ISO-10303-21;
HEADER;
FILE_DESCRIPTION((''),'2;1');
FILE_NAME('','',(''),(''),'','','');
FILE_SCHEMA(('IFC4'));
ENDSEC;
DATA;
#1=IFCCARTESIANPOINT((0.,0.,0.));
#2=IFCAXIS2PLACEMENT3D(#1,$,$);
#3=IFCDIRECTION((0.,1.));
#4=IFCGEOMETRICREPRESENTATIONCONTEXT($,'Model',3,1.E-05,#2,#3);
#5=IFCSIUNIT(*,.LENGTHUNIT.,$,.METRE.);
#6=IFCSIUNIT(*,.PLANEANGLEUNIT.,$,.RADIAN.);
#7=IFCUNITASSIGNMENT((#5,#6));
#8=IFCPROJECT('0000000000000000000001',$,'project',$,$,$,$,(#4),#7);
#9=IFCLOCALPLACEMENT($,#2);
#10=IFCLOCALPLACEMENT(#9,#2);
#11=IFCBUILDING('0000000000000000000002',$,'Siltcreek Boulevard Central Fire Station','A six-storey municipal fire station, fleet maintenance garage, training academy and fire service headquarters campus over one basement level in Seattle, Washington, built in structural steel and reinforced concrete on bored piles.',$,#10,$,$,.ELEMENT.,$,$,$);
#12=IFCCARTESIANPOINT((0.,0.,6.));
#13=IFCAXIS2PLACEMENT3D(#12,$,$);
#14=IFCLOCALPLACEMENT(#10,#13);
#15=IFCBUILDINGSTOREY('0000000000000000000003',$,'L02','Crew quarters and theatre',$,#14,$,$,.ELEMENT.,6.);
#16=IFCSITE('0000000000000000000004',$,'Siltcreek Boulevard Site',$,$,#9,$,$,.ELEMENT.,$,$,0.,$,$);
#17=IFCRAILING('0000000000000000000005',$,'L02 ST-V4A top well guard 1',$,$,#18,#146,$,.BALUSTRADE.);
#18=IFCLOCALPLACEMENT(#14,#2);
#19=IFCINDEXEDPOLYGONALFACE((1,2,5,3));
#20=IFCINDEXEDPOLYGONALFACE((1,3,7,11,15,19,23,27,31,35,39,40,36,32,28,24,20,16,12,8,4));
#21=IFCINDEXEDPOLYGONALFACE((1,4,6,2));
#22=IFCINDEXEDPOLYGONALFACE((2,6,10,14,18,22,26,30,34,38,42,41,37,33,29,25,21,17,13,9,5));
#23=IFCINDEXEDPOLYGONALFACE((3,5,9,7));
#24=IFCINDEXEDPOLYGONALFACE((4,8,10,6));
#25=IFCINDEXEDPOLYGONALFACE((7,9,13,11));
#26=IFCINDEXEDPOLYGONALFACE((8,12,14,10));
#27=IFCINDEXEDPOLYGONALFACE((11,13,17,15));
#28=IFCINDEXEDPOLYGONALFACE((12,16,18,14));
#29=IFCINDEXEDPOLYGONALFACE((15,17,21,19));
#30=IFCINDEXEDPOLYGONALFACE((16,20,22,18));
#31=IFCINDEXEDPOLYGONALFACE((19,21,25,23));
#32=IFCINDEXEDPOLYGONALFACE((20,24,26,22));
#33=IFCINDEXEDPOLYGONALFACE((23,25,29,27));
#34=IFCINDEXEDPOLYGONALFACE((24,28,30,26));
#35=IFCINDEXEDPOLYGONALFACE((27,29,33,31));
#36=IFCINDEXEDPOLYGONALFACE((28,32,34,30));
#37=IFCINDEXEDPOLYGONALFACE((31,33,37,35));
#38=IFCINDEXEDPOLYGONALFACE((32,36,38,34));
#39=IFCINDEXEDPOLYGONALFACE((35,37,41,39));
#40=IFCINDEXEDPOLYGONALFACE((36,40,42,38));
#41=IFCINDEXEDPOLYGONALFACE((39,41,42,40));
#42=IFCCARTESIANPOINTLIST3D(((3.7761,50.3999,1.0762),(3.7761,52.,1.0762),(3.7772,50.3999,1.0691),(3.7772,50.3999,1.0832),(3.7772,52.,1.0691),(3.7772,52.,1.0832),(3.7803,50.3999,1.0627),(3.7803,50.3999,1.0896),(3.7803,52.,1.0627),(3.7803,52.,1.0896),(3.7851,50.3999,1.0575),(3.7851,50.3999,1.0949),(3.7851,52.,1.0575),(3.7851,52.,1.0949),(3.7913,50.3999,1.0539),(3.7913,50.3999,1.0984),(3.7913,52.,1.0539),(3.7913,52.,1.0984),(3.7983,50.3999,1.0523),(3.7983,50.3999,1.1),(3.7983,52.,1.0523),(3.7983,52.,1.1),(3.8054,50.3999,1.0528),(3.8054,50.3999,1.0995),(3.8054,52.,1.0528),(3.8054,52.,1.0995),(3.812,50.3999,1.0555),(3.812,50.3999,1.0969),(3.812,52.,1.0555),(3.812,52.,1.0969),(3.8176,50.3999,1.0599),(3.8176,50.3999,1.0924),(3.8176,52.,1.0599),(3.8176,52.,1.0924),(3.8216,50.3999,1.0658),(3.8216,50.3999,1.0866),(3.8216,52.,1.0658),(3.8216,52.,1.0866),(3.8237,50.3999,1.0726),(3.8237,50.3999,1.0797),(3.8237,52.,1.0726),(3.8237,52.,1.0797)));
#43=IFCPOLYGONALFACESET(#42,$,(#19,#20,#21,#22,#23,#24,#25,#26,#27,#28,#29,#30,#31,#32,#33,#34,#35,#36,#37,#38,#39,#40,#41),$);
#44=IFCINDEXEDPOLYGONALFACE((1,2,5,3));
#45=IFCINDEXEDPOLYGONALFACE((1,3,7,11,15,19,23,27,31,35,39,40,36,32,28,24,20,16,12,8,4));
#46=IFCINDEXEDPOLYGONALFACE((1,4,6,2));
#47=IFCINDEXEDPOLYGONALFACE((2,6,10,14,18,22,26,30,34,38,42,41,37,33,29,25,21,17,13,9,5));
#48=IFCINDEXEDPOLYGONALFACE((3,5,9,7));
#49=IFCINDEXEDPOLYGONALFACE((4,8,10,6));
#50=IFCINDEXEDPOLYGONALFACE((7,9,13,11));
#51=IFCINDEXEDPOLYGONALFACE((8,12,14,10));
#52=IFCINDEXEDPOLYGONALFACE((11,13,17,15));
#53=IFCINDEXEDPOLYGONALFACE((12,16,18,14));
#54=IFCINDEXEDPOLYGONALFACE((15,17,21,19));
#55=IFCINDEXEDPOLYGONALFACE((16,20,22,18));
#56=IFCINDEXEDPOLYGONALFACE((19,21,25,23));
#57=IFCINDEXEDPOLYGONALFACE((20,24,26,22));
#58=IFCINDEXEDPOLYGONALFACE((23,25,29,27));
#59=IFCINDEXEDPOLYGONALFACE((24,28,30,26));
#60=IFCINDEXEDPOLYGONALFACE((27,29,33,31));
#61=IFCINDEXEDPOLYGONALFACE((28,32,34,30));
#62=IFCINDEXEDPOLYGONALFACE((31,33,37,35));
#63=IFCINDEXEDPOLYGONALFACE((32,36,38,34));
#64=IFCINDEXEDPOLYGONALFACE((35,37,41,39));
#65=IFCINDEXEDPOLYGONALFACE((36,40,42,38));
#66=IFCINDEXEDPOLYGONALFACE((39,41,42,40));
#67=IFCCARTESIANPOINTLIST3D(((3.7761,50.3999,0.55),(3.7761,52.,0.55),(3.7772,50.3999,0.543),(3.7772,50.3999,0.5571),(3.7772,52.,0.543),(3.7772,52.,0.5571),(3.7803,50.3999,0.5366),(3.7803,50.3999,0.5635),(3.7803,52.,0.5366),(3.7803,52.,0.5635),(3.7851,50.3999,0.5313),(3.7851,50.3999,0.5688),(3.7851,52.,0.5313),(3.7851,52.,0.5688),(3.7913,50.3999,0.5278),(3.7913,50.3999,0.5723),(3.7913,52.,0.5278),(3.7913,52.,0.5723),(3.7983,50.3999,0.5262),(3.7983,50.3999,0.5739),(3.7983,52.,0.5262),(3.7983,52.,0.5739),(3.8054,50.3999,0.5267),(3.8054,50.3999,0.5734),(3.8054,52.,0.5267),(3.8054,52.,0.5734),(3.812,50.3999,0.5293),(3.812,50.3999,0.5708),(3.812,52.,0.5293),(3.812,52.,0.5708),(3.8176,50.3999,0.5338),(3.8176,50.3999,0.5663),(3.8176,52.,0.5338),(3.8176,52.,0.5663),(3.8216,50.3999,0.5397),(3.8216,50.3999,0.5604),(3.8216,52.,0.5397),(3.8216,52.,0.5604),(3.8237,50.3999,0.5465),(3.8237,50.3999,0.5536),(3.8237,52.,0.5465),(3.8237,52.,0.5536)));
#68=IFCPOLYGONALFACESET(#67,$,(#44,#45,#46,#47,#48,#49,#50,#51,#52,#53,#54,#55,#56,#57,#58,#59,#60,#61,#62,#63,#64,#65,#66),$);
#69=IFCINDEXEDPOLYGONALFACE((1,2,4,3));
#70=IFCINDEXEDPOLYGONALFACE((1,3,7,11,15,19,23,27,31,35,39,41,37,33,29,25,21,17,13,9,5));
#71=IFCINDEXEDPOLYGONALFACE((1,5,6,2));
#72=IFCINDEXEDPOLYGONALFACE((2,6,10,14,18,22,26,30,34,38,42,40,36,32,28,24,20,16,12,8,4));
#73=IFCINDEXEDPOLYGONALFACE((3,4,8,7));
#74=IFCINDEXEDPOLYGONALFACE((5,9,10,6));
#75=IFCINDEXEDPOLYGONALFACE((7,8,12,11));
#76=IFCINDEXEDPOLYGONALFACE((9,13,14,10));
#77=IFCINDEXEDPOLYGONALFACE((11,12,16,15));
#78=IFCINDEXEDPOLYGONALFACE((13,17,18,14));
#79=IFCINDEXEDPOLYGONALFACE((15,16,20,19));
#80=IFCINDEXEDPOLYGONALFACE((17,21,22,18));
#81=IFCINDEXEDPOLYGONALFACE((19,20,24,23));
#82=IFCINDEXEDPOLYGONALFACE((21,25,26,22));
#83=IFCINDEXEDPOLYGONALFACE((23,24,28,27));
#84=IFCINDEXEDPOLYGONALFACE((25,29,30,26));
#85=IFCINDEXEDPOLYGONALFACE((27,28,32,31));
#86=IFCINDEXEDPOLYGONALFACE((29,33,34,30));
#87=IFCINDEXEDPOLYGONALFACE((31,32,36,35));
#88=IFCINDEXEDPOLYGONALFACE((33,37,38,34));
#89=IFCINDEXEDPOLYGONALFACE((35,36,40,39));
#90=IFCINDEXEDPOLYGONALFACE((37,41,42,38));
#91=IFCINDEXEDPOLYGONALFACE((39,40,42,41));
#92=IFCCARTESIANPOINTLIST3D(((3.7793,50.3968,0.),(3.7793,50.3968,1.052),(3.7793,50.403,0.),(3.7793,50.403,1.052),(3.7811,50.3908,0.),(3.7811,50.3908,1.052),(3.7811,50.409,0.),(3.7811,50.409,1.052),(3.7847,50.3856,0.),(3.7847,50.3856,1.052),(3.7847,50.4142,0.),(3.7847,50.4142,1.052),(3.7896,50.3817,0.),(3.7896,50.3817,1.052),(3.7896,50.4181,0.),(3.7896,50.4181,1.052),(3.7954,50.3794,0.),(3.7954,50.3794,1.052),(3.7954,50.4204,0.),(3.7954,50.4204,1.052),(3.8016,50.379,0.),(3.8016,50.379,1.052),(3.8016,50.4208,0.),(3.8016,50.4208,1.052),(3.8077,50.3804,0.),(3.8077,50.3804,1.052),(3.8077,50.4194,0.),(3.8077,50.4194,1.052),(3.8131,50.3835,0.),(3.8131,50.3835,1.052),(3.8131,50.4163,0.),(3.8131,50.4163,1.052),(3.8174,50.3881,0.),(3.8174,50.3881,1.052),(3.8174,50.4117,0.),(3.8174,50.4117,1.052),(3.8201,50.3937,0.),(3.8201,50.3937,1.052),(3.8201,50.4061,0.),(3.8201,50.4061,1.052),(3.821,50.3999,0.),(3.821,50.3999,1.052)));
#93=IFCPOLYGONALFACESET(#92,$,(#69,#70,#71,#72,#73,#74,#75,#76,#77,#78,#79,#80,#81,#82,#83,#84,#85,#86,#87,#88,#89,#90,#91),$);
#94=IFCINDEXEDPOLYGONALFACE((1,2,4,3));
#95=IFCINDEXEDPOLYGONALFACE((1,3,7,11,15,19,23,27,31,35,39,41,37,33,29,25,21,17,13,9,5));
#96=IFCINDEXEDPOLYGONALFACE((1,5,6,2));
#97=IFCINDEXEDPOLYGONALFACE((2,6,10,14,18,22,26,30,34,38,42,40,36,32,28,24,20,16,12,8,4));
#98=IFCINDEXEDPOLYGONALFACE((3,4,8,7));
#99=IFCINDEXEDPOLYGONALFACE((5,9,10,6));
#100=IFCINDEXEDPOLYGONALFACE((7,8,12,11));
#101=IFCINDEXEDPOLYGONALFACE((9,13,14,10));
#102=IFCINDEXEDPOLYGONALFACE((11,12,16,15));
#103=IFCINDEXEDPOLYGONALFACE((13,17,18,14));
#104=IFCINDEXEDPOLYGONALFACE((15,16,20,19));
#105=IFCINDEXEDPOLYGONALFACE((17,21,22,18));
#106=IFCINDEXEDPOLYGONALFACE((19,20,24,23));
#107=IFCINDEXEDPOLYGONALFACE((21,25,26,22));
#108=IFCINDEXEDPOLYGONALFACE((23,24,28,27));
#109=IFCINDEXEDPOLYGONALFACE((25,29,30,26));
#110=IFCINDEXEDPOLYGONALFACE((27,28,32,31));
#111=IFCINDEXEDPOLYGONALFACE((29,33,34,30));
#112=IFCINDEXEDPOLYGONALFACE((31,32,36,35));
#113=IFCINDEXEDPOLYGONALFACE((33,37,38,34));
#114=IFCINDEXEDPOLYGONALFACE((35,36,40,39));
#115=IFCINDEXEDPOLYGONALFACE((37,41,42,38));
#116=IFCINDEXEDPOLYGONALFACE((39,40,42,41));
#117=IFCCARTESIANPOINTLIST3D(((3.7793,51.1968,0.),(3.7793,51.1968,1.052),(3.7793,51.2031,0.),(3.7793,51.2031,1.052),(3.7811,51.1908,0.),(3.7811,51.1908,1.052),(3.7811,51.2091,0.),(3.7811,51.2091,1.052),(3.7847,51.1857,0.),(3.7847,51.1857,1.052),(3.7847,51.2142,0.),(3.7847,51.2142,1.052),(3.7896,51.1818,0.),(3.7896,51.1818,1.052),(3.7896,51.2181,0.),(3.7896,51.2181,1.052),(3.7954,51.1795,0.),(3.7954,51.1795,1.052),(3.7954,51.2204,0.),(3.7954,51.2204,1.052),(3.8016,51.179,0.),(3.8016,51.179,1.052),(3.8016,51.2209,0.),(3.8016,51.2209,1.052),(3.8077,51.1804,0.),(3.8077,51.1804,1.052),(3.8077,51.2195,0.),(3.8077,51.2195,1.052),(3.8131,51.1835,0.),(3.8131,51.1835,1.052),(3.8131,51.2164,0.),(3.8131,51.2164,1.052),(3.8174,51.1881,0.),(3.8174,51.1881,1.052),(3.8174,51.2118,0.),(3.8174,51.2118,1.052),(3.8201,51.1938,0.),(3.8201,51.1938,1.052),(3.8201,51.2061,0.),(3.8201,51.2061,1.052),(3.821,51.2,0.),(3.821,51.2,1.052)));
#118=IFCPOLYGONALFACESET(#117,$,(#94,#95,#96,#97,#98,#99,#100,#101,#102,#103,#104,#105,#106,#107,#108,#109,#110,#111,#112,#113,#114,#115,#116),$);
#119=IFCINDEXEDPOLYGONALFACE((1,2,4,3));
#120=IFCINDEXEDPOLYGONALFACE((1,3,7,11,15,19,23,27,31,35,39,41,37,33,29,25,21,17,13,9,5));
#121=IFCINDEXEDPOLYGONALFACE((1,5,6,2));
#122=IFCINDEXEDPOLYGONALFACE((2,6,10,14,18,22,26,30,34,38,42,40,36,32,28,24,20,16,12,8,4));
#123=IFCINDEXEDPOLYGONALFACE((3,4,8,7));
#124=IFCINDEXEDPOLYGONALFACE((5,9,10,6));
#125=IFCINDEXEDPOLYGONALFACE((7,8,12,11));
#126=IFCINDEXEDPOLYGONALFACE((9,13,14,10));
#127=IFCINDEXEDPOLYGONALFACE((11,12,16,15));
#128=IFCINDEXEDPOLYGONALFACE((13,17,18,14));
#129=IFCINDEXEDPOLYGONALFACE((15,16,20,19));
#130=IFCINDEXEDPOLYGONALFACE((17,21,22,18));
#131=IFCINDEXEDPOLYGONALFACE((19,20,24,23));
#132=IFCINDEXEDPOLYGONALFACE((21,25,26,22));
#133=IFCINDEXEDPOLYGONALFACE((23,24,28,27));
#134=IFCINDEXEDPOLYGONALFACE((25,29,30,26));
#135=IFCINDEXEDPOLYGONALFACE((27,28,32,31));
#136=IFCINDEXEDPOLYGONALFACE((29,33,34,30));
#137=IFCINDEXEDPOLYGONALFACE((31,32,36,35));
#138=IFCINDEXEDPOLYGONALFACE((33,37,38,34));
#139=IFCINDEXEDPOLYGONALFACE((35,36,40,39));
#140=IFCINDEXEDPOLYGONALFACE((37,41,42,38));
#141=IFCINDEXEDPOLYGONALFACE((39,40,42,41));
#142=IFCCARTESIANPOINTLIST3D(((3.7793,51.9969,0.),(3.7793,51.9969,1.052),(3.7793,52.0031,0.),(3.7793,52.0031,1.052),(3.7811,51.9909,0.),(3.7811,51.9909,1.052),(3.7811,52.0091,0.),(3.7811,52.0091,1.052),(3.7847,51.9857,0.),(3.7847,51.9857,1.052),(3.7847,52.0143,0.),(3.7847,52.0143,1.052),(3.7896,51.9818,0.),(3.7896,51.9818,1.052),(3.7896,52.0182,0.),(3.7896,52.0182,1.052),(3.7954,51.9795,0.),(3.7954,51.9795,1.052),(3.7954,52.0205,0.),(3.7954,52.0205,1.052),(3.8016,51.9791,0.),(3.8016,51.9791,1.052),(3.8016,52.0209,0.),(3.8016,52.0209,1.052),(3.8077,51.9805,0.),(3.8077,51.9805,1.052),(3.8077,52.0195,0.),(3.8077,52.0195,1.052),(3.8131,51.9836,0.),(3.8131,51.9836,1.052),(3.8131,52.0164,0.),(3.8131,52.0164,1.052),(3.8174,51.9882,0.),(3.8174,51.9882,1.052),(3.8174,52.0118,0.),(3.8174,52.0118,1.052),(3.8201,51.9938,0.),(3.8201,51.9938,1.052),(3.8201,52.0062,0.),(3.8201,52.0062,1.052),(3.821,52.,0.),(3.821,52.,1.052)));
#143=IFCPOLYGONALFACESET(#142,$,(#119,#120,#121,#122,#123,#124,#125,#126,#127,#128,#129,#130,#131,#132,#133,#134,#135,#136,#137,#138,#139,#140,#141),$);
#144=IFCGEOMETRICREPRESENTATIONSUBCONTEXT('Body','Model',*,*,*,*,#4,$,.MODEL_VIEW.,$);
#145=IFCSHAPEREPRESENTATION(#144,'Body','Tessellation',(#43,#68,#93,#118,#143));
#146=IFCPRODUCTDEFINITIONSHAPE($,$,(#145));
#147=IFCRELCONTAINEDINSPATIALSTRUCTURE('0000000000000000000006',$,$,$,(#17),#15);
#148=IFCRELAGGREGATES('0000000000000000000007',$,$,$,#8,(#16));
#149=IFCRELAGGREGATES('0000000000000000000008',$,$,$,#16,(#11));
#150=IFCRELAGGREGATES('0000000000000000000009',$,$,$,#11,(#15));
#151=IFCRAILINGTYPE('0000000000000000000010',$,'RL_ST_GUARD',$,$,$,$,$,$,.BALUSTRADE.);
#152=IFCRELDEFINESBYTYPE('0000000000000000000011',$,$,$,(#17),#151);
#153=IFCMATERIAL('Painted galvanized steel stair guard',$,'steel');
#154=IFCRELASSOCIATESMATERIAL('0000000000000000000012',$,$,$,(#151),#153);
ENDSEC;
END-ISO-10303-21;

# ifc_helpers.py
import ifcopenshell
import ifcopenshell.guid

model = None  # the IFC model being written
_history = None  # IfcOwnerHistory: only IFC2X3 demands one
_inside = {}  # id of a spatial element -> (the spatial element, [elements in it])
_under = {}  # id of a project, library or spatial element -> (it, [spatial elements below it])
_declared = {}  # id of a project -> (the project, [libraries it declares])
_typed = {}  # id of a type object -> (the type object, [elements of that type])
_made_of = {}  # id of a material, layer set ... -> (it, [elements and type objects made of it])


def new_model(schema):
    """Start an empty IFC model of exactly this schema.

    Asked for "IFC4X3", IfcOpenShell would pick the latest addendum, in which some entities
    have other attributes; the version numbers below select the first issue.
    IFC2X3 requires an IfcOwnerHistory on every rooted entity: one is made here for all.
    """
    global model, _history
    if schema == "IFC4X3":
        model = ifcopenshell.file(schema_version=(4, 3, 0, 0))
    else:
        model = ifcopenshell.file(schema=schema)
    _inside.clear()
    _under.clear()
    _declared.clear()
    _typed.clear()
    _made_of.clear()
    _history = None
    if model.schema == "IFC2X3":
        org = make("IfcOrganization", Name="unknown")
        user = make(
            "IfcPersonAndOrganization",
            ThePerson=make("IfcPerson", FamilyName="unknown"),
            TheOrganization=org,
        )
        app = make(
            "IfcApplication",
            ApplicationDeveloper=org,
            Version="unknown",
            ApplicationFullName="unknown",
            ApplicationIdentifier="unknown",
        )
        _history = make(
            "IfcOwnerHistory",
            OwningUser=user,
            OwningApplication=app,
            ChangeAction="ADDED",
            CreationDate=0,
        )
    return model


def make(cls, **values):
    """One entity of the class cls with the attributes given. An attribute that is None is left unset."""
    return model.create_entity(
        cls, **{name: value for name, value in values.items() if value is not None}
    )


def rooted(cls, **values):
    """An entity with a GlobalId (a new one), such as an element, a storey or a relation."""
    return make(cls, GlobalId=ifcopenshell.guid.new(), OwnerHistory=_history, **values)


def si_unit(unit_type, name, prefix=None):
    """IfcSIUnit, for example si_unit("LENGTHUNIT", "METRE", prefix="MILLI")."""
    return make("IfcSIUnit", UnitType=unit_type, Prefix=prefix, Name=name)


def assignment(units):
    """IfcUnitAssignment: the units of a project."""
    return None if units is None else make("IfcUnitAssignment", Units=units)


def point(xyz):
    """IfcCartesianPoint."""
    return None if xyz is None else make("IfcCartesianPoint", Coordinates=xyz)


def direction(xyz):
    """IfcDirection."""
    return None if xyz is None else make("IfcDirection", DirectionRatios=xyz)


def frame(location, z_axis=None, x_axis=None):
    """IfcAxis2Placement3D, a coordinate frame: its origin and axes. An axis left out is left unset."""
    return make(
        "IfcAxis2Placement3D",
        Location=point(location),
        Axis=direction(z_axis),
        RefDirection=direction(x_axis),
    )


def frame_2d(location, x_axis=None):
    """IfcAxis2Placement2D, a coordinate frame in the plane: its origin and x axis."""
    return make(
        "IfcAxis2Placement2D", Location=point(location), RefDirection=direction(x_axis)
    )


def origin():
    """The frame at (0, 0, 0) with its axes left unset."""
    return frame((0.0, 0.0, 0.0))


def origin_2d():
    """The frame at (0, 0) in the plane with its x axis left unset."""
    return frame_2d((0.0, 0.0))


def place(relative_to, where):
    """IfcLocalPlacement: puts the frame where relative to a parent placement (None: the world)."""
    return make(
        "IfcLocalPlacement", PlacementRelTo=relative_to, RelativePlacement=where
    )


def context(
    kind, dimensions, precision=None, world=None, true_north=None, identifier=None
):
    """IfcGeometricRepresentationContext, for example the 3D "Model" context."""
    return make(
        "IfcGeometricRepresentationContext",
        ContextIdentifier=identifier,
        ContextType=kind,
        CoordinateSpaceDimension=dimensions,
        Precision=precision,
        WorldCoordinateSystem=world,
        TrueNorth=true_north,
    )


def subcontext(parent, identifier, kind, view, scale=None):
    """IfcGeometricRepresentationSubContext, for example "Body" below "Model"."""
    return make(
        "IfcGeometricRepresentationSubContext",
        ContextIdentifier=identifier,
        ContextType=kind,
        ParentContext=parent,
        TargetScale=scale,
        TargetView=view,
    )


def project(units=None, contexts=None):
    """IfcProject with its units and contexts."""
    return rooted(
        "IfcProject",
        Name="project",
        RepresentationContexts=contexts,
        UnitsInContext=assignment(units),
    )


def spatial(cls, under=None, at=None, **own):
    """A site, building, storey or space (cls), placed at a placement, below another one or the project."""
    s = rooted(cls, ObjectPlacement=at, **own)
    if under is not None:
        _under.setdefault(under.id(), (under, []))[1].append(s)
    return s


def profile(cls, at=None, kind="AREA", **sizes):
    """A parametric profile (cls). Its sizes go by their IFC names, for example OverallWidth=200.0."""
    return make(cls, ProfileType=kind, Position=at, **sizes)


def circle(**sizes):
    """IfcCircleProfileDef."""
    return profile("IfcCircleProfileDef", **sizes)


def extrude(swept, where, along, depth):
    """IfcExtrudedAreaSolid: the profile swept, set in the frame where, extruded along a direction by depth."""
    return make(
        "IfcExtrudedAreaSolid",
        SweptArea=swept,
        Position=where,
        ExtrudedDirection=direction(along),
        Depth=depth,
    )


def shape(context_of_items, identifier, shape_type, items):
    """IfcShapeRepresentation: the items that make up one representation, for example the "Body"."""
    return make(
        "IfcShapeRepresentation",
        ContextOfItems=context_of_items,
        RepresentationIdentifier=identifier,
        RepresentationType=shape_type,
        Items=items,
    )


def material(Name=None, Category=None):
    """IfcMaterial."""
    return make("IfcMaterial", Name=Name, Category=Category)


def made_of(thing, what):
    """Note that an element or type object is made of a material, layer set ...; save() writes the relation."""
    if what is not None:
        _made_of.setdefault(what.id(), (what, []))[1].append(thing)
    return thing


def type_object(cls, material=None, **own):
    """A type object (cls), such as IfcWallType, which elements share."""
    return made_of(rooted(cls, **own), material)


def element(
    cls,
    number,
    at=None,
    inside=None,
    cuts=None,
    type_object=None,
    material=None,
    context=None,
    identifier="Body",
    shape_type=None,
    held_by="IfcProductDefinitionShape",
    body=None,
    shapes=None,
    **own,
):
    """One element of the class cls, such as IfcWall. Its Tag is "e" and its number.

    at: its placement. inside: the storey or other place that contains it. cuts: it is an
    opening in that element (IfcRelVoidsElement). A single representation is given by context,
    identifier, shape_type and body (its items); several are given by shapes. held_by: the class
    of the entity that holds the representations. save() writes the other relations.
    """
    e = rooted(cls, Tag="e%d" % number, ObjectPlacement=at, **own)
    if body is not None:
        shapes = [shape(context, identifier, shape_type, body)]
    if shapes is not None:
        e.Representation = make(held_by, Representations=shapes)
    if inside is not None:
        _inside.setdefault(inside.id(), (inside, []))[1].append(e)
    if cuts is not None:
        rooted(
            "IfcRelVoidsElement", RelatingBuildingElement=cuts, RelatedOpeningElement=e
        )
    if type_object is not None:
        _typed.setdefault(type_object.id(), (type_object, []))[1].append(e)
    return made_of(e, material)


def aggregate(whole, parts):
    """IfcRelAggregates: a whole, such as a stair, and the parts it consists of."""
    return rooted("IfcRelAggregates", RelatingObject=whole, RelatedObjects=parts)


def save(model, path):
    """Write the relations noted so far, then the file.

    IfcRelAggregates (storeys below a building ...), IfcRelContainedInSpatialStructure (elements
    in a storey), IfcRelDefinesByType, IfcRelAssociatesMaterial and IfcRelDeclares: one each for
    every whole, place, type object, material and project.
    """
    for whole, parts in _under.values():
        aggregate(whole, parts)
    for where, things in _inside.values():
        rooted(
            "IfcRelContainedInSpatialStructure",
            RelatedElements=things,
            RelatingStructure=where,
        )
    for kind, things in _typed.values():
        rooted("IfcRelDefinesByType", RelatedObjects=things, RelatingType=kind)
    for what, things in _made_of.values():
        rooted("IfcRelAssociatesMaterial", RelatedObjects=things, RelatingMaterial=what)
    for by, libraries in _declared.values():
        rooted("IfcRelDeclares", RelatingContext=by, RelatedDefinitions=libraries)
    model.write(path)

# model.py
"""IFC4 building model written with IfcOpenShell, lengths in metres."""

from ifc_helpers import new_model, si_unit, direction, frame, origin, origin_2d, place, context, subcontext, project, spatial, circle, extrude, material, type_object, element, save


model = new_model("IFC4")

# Units and contexts
model_context = context("Model", 3, precision=1e-05, world=origin(), true_north=direction((0.0, 1.0)))
body_context = subcontext(model_context, "Body", "Model", "MODEL_VIEW")
ifc_project = project(units=[si_unit("LENGTHUNIT", "METRE"), si_unit("PLANEANGLEUNIT", "RADIAN")], contexts=[model_context])

# Site, building, storey
site_placement = place(None, origin())
site = spatial("IfcSite", under=ifc_project, at=site_placement, Name="Siltcreek Boulevard Site", CompositionType="ELEMENT", RefElevation=0.0)
building_placement = place(site_placement, origin())
building = spatial("IfcBuilding", under=site, at=building_placement, Name="Siltcreek Boulevard Central Fire Station", Description="A six-storey municipal fire station, fleet maintenance garage, training academy and fire service headquarters campus over one basement level in Seattle, Washington, built in structural steel and reinforced concrete on bored piles.", CompositionType="ELEMENT")
storey_placement = place(building_placement, frame((0.0, 0.0, 6.0)))
storey = spatial("IfcBuildingStorey", under=building, at=storey_placement, Name="L02", Description="Crew quarters and theatre", CompositionType="ELEMENT", Elevation=6.0)

# Railing
ifc_material_1 = material(Name="Painted galvanized steel stair guard", Category="steel")
railing_type = type_object("IfcRailingType", Name="RL_ST_GUARD", PredefinedType="BALUSTRADE", material=ifc_material_1)
railing_placement = place(storey_placement, frame((3.8, 50.3999, 0.0)))
element("IfcRailing", 1, at=railing_placement, inside=storey, type_object=railing_type, Name="L02 ST-V4A top well guard 1", PredefinedType="BALUSTRADE", context=body_context, shape_type="SweptSolid", body=[
    extrude(circle(Radius=0.0239, at=origin_2d()), frame((0.0, 0.0, 1.0762), z_axis=(0.0, 1.0, 0.0), x_axis=(-1.0, 0.0, 0.0)), (0.0, 0.0, 1.0), 1.6001),
    extrude(circle(Radius=0.0239, at=origin_2d()), frame((0.0, 0.0, 0.55), z_axis=(0.0, 1.0, 0.0), x_axis=(-1.0, 0.0, 0.0)), (0.0, 0.0, 1.0), 1.6001),
    extrude(circle(Radius=0.021, at=origin_2d()), origin(), (0.0, 0.0, 1.0), 1.052),
    extrude(circle(Radius=0.021, at=origin_2d()), frame((0.0, 0.8, 0.0)), (0.0, 0.0, 1.0), 1.052),
    extrude(circle(Radius=0.021, at=origin_2d()), frame((0.0, 1.6001, 0.0)), (0.0, 0.0, 1.0), 1.052),
])

save(model, "model.ifc")
